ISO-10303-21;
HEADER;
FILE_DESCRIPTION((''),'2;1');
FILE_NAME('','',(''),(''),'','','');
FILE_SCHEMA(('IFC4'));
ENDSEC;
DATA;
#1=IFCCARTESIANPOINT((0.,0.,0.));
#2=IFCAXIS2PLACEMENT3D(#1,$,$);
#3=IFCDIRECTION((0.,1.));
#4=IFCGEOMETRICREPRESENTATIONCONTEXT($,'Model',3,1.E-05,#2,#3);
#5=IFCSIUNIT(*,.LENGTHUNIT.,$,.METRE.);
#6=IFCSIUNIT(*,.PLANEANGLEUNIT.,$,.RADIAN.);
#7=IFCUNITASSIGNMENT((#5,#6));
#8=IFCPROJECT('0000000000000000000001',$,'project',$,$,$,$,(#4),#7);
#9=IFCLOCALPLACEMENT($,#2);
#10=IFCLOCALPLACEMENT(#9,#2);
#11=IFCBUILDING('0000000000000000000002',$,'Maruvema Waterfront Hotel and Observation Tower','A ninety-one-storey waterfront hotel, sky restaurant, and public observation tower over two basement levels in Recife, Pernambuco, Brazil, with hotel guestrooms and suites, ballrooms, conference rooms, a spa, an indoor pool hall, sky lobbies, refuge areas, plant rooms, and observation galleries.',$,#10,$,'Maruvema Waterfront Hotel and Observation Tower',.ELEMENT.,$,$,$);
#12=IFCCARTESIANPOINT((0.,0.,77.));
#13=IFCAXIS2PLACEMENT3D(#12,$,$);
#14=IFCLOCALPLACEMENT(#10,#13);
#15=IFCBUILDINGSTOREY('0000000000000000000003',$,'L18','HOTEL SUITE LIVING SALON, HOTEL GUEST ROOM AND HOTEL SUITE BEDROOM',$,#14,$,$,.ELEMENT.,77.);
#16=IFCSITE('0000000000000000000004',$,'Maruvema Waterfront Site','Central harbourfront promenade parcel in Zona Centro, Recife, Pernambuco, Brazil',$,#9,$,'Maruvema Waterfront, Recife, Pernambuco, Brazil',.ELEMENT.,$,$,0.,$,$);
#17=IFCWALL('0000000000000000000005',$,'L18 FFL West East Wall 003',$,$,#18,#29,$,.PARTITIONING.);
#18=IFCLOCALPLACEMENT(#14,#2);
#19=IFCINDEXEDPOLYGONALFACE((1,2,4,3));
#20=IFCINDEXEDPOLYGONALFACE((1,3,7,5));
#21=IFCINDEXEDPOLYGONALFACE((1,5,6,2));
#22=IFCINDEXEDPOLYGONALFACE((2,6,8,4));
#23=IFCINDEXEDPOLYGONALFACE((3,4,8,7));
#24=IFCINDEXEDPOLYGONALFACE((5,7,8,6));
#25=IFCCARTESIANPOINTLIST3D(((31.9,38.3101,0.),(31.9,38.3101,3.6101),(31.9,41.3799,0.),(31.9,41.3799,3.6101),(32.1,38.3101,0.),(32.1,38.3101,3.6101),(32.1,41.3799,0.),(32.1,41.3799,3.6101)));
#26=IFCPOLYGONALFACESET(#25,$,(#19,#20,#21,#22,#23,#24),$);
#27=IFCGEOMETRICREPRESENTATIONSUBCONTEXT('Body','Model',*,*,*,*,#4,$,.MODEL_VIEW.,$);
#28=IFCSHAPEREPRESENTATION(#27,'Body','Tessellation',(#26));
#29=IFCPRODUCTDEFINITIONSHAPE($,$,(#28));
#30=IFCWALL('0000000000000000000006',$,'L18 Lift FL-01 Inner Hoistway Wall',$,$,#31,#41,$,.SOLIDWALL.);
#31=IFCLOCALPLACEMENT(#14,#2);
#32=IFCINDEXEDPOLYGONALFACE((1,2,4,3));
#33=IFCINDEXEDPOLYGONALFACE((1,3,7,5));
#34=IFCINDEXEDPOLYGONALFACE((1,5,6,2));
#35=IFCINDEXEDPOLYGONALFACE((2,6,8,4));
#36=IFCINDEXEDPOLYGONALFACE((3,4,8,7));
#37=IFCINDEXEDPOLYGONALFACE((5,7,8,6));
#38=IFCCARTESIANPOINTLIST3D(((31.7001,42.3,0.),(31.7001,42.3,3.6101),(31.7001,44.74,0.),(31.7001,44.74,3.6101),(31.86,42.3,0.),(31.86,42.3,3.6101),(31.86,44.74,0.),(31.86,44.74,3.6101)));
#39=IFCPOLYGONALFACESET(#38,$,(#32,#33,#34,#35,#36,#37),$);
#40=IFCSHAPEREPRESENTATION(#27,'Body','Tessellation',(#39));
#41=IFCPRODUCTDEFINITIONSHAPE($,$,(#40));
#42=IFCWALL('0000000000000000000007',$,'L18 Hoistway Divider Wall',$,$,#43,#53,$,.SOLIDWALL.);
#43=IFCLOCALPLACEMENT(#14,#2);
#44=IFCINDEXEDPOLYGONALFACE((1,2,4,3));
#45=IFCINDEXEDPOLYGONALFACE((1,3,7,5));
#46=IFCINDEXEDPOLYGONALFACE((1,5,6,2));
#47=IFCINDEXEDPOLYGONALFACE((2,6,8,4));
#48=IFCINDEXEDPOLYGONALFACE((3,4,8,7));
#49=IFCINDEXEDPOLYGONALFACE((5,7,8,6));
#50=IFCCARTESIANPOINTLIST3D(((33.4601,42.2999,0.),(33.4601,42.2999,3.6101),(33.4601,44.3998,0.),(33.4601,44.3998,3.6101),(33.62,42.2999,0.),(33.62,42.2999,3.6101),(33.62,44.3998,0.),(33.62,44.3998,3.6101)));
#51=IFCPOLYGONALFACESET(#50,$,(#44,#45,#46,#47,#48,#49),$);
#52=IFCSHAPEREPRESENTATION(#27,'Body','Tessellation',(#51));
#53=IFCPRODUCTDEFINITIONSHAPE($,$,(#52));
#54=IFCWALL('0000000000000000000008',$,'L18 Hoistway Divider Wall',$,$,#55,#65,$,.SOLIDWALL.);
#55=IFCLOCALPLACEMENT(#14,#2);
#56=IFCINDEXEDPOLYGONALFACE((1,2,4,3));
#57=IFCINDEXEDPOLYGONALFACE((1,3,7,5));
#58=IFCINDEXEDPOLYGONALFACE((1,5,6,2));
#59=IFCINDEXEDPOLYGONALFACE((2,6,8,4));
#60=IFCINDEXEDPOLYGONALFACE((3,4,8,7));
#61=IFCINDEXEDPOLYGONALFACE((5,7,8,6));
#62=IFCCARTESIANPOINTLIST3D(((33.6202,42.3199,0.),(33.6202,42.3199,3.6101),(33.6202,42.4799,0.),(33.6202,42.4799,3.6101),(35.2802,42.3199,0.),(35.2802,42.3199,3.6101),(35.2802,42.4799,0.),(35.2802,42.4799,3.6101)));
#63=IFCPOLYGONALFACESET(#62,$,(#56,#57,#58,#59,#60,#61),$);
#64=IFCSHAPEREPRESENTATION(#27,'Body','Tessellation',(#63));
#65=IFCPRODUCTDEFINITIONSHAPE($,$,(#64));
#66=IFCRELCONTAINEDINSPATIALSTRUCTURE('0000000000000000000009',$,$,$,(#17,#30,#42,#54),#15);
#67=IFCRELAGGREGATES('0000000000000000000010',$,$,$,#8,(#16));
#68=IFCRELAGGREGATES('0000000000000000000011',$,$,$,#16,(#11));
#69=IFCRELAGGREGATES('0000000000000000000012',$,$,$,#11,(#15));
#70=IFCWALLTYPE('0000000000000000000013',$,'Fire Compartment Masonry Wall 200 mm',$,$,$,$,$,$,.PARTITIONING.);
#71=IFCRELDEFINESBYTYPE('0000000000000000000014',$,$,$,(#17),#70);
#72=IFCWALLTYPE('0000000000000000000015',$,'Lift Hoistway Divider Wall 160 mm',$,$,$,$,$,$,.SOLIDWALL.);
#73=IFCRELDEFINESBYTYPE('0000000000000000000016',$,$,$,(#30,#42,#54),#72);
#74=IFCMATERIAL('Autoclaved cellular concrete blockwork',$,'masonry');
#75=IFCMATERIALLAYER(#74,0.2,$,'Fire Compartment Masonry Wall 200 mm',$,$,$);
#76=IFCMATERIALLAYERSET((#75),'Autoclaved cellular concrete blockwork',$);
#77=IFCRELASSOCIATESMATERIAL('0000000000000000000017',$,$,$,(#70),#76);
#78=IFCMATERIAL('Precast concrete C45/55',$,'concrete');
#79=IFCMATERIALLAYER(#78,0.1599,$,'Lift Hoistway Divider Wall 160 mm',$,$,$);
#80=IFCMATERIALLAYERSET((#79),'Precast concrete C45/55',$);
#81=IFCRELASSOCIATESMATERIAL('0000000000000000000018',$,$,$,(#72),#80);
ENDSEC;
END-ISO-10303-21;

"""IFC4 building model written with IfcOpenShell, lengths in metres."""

from ifc_helpers import new_model, si_unit, direction, frame, frame_2d, origin, place, context, subcontext, project, spatial, rectangle, extrude, material, layer, layer_set, type_object, element, save


model = new_model("IFC4")

# Units and contexts
model_context = context("Model", 3, precision=1e-05, world=origin(), true_north=direction((0.0, 1.0)))
body_context = subcontext(model_context, "Body", "Model", "MODEL_VIEW")
ifc_project = project(units=[si_unit("LENGTHUNIT", "METRE"), si_unit("PLANEANGLEUNIT", "RADIAN")], contexts=[model_context])

# Site, building, storey
site_placement = place(None, origin())
site = spatial("IfcSite", under=ifc_project, at=site_placement, Name="Maruvema Waterfront Site", Description="Central harbourfront promenade parcel in Zona Centro, Recife, Pernambuco, Brazil", LongName="Maruvema Waterfront, Recife, Pernambuco, Brazil", CompositionType="ELEMENT", RefElevation=0.0)
building_placement = place(site_placement, origin())
building = spatial("IfcBuilding", under=site, at=building_placement, Name="Maruvema Waterfront Hotel and Observation Tower", Description="A ninety-one-storey waterfront hotel, sky restaurant, and public observation tower over two basement levels in Recife, Pernambuco, Brazil, with hotel guestrooms and suites, ballrooms, conference rooms, a spa, an indoor pool hall, sky lobbies, refuge areas, plant rooms, and observation galleries.", LongName="Maruvema Waterfront Hotel and Observation Tower", CompositionType="ELEMENT")
storey_placement = place(building_placement, frame((0.0, 0.0, 77.0)))
storey = spatial("IfcBuildingStorey", under=building, at=storey_placement, Name="L18", Description="HOTEL SUITE LIVING SALON, HOTEL GUEST ROOM AND HOTEL SUITE BEDROOM", CompositionType="ELEMENT", Elevation=77.0)

# Walls
ifc_material_1 = material(Name="Autoclaved cellular concrete blockwork", Category="masonry")
ifc_layer_1 = layer(ifc_material_1, 0.2, Name="Fire Compartment Masonry Wall 200 mm")
ifc_layer_set_1 = layer_set([ifc_layer_1], Name="Autoclaved cellular concrete blockwork")
wall_type_1 = type_object("IfcWallType", Name="Fire Compartment Masonry Wall 200 mm", PredefinedType="PARTITIONING", material=ifc_layer_set_1)
for number, where, z_axis, x_axis, name in (
    (1, (32.0, 38.3101, 0.0), (0.0, 0.0, 1.0), (0.0, 1.0, 0.0), "L18 FFL West East Wall 003"),
):
    element("IfcWall", number, at=place(storey_placement, frame(where, z_axis=z_axis, x_axis=x_axis)), inside=storey, type_object=wall_type_1, Name=name, PredefinedType="PARTITIONING", context=body_context, shape_type="SweptSolid", body=[
        extrude(rectangle(XDim=3.0698, YDim=0.2, at=frame_2d((1.5349, 0.0))), origin(), (0.0, 0.0, 1.0), 3.6101),
    ])
ifc_material_2 = material(Name="Precast concrete C45/55", Category="concrete")
ifc_layer_2 = layer(ifc_material_2, 0.1599, Name="Lift Hoistway Divider Wall 160 mm")
ifc_layer_set_2 = layer_set([ifc_layer_2], Name="Precast concrete C45/55")
wall_type_2 = type_object("IfcWallType", Name="Lift Hoistway Divider Wall 160 mm", PredefinedType="SOLIDWALL", material=ifc_layer_set_2)
wall_1_placement = place(storey_placement, frame((31.78, 42.3, 0.0), z_axis=(0.0, 0.0, 1.0), x_axis=(0.0, 1.0, 0.0)))
element("IfcWall", 2, at=wall_1_placement, inside=storey, type_object=wall_type_2, Name="L18 Lift FL-01 Inner Hoistway Wall", PredefinedType="SOLIDWALL", context=body_context, shape_type="SweptSolid", body=[
    extrude(rectangle(XDim=2.4399, YDim=0.1599, at=frame_2d((1.22, 0.0))), origin(), (0.0, 0.0, 1.0), 3.6101),
])
wall_2_placement = place(storey_placement, frame((33.54, 42.3, 0.0), z_axis=(0.0, 0.0, 1.0), x_axis=(0.0, 1.0, 0.0)))
element("IfcWall", 3, at=wall_2_placement, inside=storey, type_object=wall_type_2, Name="L18 Hoistway Divider Wall", PredefinedType="SOLIDWALL", context=body_context, shape_type="SweptSolid", body=[
    extrude(rectangle(XDim=2.0999, YDim=0.1599, at=frame_2d((1.0498, 0.0))), origin(), (0.0, 0.0, 1.0), 3.6101),
])
wall_3_placement = place(storey_placement, frame((33.6201, 42.3999, 0.0), z_axis=(0.0, 0.0, 1.0), x_axis=(1.0, 0.0, 0.0)))
element("IfcWall", 4, at=wall_3_placement, inside=storey, type_object=wall_type_2, Name="L18 Hoistway Divider Wall", PredefinedType="SOLIDWALL", context=body_context, shape_type="SweptSolid", body=[
    extrude(rectangle(XDim=1.6599, YDim=0.1599, at=frame_2d((0.8301, 0.0))), origin(), (0.0, 0.0, 1.0), 3.6101),
])

save(model, "model.ifc")
